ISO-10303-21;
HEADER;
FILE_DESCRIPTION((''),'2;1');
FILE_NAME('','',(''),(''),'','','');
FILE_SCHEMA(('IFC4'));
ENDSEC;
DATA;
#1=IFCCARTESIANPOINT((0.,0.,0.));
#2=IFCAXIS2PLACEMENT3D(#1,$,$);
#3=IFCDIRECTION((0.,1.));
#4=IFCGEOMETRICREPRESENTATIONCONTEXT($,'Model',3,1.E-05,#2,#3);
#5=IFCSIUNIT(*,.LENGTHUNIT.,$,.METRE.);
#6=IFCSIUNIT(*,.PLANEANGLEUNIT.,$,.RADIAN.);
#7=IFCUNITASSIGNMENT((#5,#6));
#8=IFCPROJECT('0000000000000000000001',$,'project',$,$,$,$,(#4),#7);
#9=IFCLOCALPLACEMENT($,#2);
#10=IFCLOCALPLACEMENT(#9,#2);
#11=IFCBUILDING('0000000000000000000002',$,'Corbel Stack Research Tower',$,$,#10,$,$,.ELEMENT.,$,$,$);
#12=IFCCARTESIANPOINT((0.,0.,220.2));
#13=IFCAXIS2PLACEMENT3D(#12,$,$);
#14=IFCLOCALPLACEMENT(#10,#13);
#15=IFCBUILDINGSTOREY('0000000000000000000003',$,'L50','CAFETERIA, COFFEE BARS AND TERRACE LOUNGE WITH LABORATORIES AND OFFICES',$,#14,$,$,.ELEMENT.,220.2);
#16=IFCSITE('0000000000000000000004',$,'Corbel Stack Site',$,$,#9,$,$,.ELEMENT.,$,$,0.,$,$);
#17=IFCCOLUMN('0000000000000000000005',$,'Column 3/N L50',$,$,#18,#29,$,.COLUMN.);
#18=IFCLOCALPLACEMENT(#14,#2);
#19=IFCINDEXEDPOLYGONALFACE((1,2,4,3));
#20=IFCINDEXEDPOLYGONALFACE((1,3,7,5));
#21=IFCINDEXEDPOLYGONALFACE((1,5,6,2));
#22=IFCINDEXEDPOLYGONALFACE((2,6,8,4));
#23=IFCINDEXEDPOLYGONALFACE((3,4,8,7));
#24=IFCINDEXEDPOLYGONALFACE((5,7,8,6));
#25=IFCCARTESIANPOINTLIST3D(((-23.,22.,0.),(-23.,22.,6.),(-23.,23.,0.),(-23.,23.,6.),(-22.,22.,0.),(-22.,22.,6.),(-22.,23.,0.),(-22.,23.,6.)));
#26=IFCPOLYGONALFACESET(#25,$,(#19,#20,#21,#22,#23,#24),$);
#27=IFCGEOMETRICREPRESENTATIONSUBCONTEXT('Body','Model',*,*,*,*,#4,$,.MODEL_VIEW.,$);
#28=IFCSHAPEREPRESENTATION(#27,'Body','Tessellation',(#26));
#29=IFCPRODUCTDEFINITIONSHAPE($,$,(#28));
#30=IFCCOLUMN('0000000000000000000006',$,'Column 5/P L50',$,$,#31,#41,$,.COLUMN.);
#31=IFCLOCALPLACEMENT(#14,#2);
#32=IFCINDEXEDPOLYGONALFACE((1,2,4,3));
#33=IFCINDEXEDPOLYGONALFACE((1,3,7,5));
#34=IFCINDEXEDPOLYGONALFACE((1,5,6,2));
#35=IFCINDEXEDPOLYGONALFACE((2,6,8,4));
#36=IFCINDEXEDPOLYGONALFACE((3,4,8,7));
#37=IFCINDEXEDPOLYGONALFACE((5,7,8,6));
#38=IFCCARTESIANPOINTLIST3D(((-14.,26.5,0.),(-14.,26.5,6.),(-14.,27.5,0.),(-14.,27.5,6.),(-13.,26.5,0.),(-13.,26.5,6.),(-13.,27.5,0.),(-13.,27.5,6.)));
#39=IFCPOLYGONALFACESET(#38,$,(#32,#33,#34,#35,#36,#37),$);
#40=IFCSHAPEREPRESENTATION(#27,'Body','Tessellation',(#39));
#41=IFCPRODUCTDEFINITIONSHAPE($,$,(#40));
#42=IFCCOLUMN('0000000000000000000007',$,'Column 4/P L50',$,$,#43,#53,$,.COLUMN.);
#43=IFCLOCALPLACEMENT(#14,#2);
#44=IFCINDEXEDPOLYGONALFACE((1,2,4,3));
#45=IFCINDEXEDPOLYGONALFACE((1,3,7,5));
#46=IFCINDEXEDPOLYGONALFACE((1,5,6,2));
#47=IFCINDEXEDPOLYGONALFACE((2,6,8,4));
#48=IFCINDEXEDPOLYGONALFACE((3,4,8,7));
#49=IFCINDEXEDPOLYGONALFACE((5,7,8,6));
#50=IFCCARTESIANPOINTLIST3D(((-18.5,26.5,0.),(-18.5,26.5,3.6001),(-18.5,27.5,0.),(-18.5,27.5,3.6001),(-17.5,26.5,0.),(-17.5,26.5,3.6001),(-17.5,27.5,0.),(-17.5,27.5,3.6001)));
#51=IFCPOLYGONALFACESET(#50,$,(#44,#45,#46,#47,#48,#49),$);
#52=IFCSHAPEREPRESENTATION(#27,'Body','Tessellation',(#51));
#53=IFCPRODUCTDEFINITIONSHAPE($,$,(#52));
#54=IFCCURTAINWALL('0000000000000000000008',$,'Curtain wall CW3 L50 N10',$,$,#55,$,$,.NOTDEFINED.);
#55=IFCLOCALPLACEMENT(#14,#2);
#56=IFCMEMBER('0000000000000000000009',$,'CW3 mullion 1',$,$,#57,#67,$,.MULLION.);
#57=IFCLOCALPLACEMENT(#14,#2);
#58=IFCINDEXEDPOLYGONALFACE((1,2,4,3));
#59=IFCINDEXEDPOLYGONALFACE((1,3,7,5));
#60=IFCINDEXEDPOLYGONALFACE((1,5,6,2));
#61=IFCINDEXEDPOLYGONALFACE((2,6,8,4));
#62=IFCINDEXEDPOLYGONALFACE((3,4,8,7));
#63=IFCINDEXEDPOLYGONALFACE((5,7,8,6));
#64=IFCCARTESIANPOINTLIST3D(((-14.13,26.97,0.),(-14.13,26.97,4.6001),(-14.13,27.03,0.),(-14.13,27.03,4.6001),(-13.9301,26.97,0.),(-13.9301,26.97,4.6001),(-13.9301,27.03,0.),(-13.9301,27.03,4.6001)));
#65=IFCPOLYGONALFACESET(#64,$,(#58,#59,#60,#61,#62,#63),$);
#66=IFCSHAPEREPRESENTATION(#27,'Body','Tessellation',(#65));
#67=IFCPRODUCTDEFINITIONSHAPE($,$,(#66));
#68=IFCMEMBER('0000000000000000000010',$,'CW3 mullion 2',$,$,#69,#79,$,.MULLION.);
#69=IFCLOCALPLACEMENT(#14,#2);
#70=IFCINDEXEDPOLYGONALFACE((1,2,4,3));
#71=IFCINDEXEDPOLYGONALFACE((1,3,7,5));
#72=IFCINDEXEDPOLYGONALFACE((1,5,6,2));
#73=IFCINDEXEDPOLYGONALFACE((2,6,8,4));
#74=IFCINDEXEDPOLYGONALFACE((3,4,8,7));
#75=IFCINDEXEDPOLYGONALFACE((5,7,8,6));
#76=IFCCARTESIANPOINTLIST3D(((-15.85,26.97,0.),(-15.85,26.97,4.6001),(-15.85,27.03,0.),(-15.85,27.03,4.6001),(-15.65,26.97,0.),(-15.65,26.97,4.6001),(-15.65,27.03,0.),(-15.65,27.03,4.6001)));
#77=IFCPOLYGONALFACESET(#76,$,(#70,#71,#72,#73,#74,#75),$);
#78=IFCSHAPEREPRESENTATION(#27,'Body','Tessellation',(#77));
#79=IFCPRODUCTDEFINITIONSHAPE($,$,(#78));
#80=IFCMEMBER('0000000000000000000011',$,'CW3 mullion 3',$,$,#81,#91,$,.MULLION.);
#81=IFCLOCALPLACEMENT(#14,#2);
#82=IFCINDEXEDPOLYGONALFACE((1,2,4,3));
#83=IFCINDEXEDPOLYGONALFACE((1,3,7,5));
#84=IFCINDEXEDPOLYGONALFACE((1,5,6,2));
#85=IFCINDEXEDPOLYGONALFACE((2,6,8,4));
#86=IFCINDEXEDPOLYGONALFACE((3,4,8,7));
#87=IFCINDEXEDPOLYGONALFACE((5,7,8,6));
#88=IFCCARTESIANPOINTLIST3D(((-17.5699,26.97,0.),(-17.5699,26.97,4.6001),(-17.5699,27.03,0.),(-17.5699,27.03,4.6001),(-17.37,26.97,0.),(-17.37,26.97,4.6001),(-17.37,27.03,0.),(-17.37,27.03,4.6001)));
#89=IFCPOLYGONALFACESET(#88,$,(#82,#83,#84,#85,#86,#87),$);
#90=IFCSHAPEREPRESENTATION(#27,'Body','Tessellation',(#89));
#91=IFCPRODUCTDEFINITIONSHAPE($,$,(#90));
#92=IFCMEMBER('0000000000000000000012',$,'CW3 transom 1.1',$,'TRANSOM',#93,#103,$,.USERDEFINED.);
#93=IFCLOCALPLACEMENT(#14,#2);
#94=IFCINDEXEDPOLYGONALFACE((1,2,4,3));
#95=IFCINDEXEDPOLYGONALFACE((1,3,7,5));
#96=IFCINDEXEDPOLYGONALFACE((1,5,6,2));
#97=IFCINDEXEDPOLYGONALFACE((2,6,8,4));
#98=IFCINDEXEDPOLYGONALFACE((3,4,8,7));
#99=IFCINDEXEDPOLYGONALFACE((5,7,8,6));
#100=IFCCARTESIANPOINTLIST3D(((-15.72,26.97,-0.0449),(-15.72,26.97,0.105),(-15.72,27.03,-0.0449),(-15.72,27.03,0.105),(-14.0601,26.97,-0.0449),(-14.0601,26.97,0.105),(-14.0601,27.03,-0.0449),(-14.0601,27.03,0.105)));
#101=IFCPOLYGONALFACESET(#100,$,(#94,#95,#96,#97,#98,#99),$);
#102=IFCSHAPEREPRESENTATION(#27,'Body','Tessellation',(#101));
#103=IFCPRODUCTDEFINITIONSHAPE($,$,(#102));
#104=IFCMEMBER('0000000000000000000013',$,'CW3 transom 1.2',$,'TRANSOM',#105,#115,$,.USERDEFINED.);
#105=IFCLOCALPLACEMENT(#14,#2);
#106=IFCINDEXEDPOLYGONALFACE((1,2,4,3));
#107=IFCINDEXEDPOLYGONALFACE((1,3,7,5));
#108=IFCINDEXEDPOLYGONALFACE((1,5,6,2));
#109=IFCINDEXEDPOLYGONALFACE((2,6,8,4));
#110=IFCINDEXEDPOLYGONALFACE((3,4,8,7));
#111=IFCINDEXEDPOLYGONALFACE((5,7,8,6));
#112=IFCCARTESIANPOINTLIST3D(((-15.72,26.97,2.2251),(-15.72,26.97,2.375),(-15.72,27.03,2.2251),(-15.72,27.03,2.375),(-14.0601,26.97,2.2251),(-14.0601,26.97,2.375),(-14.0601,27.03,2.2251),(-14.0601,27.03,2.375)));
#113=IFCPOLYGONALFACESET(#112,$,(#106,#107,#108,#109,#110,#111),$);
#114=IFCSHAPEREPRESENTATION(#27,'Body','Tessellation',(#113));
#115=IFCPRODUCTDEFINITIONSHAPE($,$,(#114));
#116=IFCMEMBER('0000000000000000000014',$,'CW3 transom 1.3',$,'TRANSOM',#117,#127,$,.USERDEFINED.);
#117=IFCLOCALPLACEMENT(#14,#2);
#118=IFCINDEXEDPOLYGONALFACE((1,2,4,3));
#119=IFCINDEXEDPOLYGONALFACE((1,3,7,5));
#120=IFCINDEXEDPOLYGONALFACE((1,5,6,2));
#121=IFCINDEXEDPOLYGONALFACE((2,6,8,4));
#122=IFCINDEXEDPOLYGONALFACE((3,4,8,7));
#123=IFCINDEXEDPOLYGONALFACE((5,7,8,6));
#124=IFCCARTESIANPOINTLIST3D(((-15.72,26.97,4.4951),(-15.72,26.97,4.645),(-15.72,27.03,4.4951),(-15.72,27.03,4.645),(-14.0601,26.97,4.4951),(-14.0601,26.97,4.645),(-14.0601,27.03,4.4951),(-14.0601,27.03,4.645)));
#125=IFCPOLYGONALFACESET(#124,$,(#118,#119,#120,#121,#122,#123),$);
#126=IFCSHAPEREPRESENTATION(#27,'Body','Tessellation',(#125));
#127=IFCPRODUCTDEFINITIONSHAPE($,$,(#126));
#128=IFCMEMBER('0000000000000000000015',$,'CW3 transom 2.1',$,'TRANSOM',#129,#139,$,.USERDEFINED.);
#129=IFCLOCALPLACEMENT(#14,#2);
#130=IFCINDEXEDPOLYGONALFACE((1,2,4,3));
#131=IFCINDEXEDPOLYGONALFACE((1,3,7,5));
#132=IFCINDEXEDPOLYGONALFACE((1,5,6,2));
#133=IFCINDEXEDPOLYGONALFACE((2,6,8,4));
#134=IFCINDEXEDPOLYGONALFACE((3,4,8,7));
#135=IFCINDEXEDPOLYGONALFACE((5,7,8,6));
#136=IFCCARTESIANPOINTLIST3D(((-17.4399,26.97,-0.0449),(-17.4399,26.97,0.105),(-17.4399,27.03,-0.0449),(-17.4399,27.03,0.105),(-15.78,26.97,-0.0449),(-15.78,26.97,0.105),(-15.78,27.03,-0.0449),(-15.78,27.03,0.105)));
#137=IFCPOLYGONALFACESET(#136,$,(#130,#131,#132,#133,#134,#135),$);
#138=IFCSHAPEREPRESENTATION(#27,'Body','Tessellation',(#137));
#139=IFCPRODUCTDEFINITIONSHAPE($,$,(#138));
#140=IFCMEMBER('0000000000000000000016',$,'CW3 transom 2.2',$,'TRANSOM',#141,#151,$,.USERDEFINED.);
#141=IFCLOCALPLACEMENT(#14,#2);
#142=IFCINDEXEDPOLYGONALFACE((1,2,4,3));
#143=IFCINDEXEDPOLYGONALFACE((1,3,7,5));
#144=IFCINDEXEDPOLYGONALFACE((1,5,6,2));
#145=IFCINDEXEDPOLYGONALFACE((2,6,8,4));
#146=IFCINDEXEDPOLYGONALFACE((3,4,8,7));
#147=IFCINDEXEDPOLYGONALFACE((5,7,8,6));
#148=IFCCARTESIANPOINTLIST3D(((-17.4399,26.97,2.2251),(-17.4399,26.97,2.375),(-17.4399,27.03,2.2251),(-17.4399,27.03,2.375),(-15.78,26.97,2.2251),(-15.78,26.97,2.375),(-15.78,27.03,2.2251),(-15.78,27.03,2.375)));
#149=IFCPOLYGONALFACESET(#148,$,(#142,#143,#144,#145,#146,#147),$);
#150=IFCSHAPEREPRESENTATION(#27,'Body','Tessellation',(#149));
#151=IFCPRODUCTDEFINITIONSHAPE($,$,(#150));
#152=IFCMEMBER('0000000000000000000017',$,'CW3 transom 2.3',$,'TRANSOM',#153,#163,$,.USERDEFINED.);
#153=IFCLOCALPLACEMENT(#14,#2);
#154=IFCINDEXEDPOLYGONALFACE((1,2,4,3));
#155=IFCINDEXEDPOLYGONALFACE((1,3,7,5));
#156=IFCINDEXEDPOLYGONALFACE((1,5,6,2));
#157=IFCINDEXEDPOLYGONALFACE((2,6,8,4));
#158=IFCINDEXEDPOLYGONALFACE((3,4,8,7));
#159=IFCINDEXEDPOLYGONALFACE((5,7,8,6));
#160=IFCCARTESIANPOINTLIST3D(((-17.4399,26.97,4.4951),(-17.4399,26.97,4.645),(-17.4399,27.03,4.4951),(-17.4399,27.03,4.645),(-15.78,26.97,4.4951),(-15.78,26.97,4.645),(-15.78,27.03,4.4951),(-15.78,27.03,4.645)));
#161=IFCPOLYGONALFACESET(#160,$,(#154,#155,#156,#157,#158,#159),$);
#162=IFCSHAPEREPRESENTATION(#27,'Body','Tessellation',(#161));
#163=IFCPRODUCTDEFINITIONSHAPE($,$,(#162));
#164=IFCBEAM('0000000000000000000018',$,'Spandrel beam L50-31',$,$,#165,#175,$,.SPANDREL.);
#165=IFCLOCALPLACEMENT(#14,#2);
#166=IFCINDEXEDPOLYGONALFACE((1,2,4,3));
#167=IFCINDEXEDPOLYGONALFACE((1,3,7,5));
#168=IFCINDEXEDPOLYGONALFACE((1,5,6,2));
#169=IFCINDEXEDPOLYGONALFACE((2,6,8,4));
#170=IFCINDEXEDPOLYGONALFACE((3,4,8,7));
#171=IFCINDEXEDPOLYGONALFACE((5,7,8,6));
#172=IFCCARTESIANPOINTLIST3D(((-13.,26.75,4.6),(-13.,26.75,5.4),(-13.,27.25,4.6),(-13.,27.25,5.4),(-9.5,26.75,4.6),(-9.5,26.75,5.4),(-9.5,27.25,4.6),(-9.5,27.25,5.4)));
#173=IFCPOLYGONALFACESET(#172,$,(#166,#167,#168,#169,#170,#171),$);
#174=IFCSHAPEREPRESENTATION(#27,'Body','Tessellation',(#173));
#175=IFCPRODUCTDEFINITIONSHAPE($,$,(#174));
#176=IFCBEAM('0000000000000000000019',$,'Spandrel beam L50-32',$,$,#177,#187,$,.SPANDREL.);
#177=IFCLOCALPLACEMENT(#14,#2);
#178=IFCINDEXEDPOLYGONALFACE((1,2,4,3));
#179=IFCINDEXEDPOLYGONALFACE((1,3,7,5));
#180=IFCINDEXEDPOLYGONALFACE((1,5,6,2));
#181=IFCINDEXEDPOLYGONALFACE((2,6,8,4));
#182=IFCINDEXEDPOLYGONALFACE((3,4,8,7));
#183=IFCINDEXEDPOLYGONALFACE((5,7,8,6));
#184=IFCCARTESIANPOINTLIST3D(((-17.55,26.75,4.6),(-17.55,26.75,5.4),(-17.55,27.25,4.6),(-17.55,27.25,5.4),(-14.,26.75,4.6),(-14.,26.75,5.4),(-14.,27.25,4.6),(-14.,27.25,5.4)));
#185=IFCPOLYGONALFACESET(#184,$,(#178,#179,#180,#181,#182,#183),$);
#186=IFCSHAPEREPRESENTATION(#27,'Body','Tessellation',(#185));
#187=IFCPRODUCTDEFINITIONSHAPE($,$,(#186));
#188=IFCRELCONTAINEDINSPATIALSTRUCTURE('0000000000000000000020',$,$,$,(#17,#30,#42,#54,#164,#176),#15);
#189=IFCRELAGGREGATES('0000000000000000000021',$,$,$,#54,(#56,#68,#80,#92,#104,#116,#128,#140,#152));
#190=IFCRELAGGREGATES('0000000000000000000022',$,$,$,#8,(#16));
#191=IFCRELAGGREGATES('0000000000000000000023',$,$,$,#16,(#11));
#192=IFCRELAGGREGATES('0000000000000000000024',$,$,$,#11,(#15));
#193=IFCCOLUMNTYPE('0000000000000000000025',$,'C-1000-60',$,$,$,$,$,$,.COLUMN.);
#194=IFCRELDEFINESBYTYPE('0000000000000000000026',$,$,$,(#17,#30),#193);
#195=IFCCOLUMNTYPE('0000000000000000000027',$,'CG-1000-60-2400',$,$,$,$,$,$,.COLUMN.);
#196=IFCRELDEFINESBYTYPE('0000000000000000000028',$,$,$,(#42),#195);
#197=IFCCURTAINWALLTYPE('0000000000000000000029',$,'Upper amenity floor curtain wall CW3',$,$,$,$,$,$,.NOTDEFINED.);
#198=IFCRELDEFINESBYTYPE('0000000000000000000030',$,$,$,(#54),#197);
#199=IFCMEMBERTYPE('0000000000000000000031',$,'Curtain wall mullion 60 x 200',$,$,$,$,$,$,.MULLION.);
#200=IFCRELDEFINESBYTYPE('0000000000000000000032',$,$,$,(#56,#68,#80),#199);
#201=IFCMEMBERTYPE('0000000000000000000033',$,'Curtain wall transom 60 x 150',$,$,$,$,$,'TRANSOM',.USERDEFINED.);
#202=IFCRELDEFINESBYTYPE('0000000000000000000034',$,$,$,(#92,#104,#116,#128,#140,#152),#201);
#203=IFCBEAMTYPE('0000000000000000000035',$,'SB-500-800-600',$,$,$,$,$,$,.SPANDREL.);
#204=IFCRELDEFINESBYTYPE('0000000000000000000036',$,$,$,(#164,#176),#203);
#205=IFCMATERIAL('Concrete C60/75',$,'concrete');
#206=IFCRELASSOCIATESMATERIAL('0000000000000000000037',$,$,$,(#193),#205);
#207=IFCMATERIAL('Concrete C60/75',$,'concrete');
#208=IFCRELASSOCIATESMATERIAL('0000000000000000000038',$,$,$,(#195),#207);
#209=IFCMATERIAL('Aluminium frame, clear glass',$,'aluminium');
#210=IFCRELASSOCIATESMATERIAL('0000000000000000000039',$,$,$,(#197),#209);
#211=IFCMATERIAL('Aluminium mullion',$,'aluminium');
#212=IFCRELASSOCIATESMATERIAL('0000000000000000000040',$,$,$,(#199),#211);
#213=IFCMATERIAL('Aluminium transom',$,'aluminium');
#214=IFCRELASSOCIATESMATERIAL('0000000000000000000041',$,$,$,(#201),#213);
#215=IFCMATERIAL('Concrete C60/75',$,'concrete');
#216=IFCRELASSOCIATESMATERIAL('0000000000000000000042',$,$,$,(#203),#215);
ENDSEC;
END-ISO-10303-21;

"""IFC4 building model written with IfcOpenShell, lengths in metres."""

from ifc_helpers import new_model, si_unit, direction, frame, origin, origin_2d, place, context, subcontext, project, spatial, rectangle, extrude, material, material_profile, profile_set, type_object, element, aggregate, save


model = new_model("IFC4")

# Units and contexts
model_context = context("Model", 3, precision=1e-05, world=origin(), true_north=direction((0.0, 1.0)))
body_context = subcontext(model_context, "Body", "Model", "MODEL_VIEW")
ifc_project = project(units=[si_unit("LENGTHUNIT", "METRE"), si_unit("PLANEANGLEUNIT", "RADIAN")], contexts=[model_context])

# Site, building, storey
site_placement = place(None, origin())
site = spatial("IfcSite", under=ifc_project, at=site_placement, Name="Corbel Stack Site", CompositionType="ELEMENT", RefElevation=0.0)
building_placement = place(site_placement, origin())
building = spatial("IfcBuilding", under=site, at=building_placement, Name="Corbel Stack Research Tower", CompositionType="ELEMENT")
storey_placement = place(building_placement, frame((0.0, 0.0, 220.2)))
storey = spatial("IfcBuildingStorey", under=building, at=storey_placement, Name="L50", Description="CAFETERIA, COFFEE BARS AND TERRACE LOUNGE WITH LABORATORIES AND OFFICES", CompositionType="ELEMENT", Elevation=220.2)

# Columns
ifc_material_1 = material(Name="Concrete C60/75", Category="concrete")
ifc_material_profile_1 = material_profile(ifc_material_1, rectangle(XDim=1.0, YDim=1.0, at=origin_2d()), Name="RC 1000 x 1000")
ifc_profile_set_1 = profile_set([ifc_material_profile_1], Name="Concrete C60/75")
column_type_1 = type_object("IfcColumnType", Name="C-1000-60", PredefinedType="COLUMN", material=ifc_profile_set_1)
for number, where, z_axis, x_axis, name in (
    (1, (-22.5, 22.5, 0.0), (0.0, 0.0, 1.0), (1.0, 0.0, 0.0), "Column 3/N L50"),
    (2, (-13.5, 27.0, 0.0), (0.0, 0.0, 1.0), (1.0, 0.0, 0.0), "Column 5/P L50"),
):
    element("IfcColumn", number, at=place(storey_placement, frame(where, z_axis=z_axis, x_axis=x_axis)), inside=storey, type_object=column_type_1, Name=name, PredefinedType="COLUMN", context=body_context, shape_type="SweptSolid", body=[
        extrude(rectangle(XDim=1.0, YDim=1.0, at=origin_2d()), origin(), (0.0, 0.0, 1.0), 6.0),
    ])
ifc_material_2 = material(Name="Concrete C60/75", Category="concrete")
ifc_material_profile_2 = material_profile(ifc_material_2, rectangle(XDim=1.0, YDim=1.0, at=origin_2d()), Name="RC 1000 x 1000")
ifc_profile_set_2 = profile_set([ifc_material_profile_2], Name="Concrete C60/75")
column_type_2 = type_object("IfcColumnType", Name="CG-1000-60-2400", PredefinedType="COLUMN", material=ifc_profile_set_2)
column_placement = place(storey_placement, frame((-18.0, 27.0, 0.0), z_axis=(0.0, 0.0, 1.0), x_axis=(1.0, 0.0, 0.0)))
element("IfcColumn", 3, at=column_placement, inside=storey, type_object=column_type_2, Name="Column 4/P L50", PredefinedType="COLUMN", context=body_context, shape_type="SweptSolid", body=[
    extrude(rectangle(XDim=1.0, YDim=1.0, at=origin_2d()), origin(), (0.0, 0.0, 1.0), 3.6001),
])

# Curtain wall, members
ifc_material_3 = material(Name="Aluminium frame, clear glass", Category="aluminium")
curtain_wall_type = type_object("IfcCurtainWallType", Name="Upper amenity floor curtain wall CW3", PredefinedType="NOTDEFINED", material=ifc_material_3)
curtain_wall_placement = place(storey_placement, origin())
curtain_wall = element("IfcCurtainWall", 4, at=curtain_wall_placement, inside=storey, type_object=curtain_wall_type, Name="Curtain wall CW3 L50 N10", PredefinedType="NOTDEFINED")
ifc_material_4 = material(Name="Aluminium mullion", Category="aluminium")
ifc_material_profile_3 = material_profile(ifc_material_4, rectangle(XDim=0.0601, YDim=0.2, at=origin_2d()), Name="Mullion 60 x 200")
ifc_profile_set_3 = profile_set([ifc_material_profile_3], Name="Aluminium mullion")
member_type_1 = type_object("IfcMemberType", Name="Curtain wall mullion 60 x 200", PredefinedType="MULLION", material=ifc_profile_set_3)
member_1_placement = place(storey_placement, frame((-14.03, 27.0, 0.0), z_axis=(0.0, 0.0, 1.0), x_axis=(0.0, -1.0, 0.0)))
member_1 = element("IfcMember", 5, at=member_1_placement, type_object=member_type_1, Name="CW3 mullion 1", PredefinedType="MULLION", context=body_context, shape_type="SweptSolid", body=[
    extrude(rectangle(XDim=0.0601, YDim=0.2, at=origin_2d()), origin(), (0.0, 0.0, 1.0), 4.6001),
])
member_2_placement = place(storey_placement, frame((-15.75, 27.0, 0.0), z_axis=(0.0, 0.0, 1.0), x_axis=(0.0, -1.0, 0.0)))
member_2 = element("IfcMember", 6, at=member_2_placement, type_object=member_type_1, Name="CW3 mullion 2", PredefinedType="MULLION", context=body_context, shape_type="SweptSolid", body=[
    extrude(rectangle(XDim=0.0601, YDim=0.2, at=origin_2d()), origin(), (0.0, 0.0, 1.0), 4.6001),
])
member_3_placement = place(storey_placement, frame((-17.47, 27.0, 0.0), z_axis=(0.0, 0.0, 1.0), x_axis=(0.0, -1.0, 0.0)))
member_3 = element("IfcMember", 7, at=member_3_placement, type_object=member_type_1, Name="CW3 mullion 3", PredefinedType="MULLION", context=body_context, shape_type="SweptSolid", body=[
    extrude(rectangle(XDim=0.0601, YDim=0.2, at=origin_2d()), origin(), (0.0, 0.0, 1.0), 4.6001),
])
ifc_material_5 = material(Name="Aluminium transom", Category="aluminium")
ifc_material_profile_4 = material_profile(ifc_material_5, rectangle(XDim=0.0601, YDim=0.1499, at=origin_2d()), Name="Transom 60 x 150")
ifc_profile_set_4 = profile_set([ifc_material_profile_4], Name="Aluminium transom")
member_type_2 = type_object("IfcMemberType", Name="Curtain wall transom 60 x 150", ElementType="TRANSOM", PredefinedType="USERDEFINED", material=ifc_profile_set_4)
member_4_placement = place(storey_placement, frame((-14.0601, 27.0, 0.03), z_axis=(-1.0, 0.0, 0.0), x_axis=(0.0, -1.0, 0.0)))
member_4 = element("IfcMember", 8, at=member_4_placement, type_object=member_type_2, Name="CW3 transom 1.1", ObjectType="TRANSOM", PredefinedType="USERDEFINED", context=body_context, shape_type="SweptSolid", body=[
    extrude(rectangle(XDim=0.0601, YDim=0.1499, at=origin_2d()), origin(), (0.0, 0.0, 1.0), 1.6599),
])
member_5_placement = place(storey_placement, frame((-14.0601, 27.0, 2.3), z_axis=(-1.0, 0.0, 0.0), x_axis=(0.0, -1.0, 0.0)))
member_5 = element("IfcMember", 9, at=member_5_placement, type_object=member_type_2, Name="CW3 transom 1.2", ObjectType="TRANSOM", PredefinedType="USERDEFINED", context=body_context, shape_type="SweptSolid", body=[
    extrude(rectangle(XDim=0.0601, YDim=0.1499, at=origin_2d()), origin(), (0.0, 0.0, 1.0), 1.6599),
])
member_6_placement = place(storey_placement, frame((-14.0601, 27.0, 4.5701), z_axis=(-1.0, 0.0, 0.0), x_axis=(0.0, -1.0, 0.0)))
member_6 = element("IfcMember", 10, at=member_6_placement, type_object=member_type_2, Name="CW3 transom 1.3", ObjectType="TRANSOM", PredefinedType="USERDEFINED", context=body_context, shape_type="SweptSolid", body=[
    extrude(rectangle(XDim=0.0601, YDim=0.1499, at=origin_2d()), origin(), (0.0, 0.0, 1.0), 1.6599),
])
member_7_placement = place(storey_placement, frame((-15.78, 27.0, 0.03), z_axis=(-1.0, 0.0, 0.0), x_axis=(0.0, -1.0, 0.0)))
member_7 = element("IfcMember", 11, at=member_7_placement, type_object=member_type_2, Name="CW3 transom 2.1", ObjectType="TRANSOM", PredefinedType="USERDEFINED", context=body_context, shape_type="SweptSolid", body=[
    extrude(rectangle(XDim=0.0601, YDim=0.1499, at=origin_2d()), origin(), (0.0, 0.0, 1.0), 1.6599),
])
member_8_placement = place(storey_placement, frame((-15.78, 27.0, 2.3), z_axis=(-1.0, 0.0, 0.0), x_axis=(0.0, -1.0, 0.0)))
member_8 = element("IfcMember", 12, at=member_8_placement, type_object=member_type_2, Name="CW3 transom 2.2", ObjectType="TRANSOM", PredefinedType="USERDEFINED", context=body_context, shape_type="SweptSolid", body=[
    extrude(rectangle(XDim=0.0601, YDim=0.1499, at=origin_2d()), origin(), (0.0, 0.0, 1.0), 1.6599),
])
member_9_placement = place(storey_placement, frame((-15.78, 27.0, 4.5701), z_axis=(-1.0, 0.0, 0.0), x_axis=(0.0, -1.0, 0.0)))
member_9 = element("IfcMember", 13, at=member_9_placement, type_object=member_type_2, Name="CW3 transom 2.3", ObjectType="TRANSOM", PredefinedType="USERDEFINED", context=body_context, shape_type="SweptSolid", body=[
    extrude(rectangle(XDim=0.0601, YDim=0.1499, at=origin_2d()), origin(), (0.0, 0.0, 1.0), 1.6599),
])

# Beams
ifc_material_6 = material(Name="Concrete C60/75", Category="concrete")
ifc_material_profile_5 = material_profile(ifc_material_6, rectangle(XDim=0.5, YDim=0.8, at=origin_2d()), Name="RC 500 x 800")
ifc_profile_set_5 = profile_set([ifc_material_profile_5], Name="Concrete C60/75")
beam_type = type_object("IfcBeamType", Name="SB-500-800-600", PredefinedType="SPANDREL", material=ifc_profile_set_5)
beam_1_placement = place(storey_placement, frame((-9.5, 27.0, 5.0), z_axis=(-1.0, 0.0, 0.0), x_axis=(0.0, -1.0, 0.0)))
element("IfcBeam", 14, at=beam_1_placement, inside=storey, type_object=beam_type, Name="Spandrel beam L50-31", PredefinedType="SPANDREL", context=body_context, shape_type="SweptSolid", body=[
    extrude(rectangle(XDim=0.5, YDim=0.8, at=origin_2d()), origin(), (0.0, 0.0, 1.0), 3.5),
])
beam_2_placement = place(storey_placement, frame((-14.0, 27.0, 5.0), z_axis=(-1.0, 0.0, 0.0), x_axis=(0.0, -1.0, 0.0)))
element("IfcBeam", 15, at=beam_2_placement, inside=storey, type_object=beam_type, Name="Spandrel beam L50-32", PredefinedType="SPANDREL", context=body_context, shape_type="SweptSolid", body=[
    extrude(rectangle(XDim=0.5, YDim=0.8, at=origin_2d()), origin(), (0.0, 0.0, 1.0), 3.55),
])

aggregate(curtain_wall, [member_1, member_2, member_3, member_4, member_5, member_6, member_7, member_8, member_9])

save(model, "model.ifc")
